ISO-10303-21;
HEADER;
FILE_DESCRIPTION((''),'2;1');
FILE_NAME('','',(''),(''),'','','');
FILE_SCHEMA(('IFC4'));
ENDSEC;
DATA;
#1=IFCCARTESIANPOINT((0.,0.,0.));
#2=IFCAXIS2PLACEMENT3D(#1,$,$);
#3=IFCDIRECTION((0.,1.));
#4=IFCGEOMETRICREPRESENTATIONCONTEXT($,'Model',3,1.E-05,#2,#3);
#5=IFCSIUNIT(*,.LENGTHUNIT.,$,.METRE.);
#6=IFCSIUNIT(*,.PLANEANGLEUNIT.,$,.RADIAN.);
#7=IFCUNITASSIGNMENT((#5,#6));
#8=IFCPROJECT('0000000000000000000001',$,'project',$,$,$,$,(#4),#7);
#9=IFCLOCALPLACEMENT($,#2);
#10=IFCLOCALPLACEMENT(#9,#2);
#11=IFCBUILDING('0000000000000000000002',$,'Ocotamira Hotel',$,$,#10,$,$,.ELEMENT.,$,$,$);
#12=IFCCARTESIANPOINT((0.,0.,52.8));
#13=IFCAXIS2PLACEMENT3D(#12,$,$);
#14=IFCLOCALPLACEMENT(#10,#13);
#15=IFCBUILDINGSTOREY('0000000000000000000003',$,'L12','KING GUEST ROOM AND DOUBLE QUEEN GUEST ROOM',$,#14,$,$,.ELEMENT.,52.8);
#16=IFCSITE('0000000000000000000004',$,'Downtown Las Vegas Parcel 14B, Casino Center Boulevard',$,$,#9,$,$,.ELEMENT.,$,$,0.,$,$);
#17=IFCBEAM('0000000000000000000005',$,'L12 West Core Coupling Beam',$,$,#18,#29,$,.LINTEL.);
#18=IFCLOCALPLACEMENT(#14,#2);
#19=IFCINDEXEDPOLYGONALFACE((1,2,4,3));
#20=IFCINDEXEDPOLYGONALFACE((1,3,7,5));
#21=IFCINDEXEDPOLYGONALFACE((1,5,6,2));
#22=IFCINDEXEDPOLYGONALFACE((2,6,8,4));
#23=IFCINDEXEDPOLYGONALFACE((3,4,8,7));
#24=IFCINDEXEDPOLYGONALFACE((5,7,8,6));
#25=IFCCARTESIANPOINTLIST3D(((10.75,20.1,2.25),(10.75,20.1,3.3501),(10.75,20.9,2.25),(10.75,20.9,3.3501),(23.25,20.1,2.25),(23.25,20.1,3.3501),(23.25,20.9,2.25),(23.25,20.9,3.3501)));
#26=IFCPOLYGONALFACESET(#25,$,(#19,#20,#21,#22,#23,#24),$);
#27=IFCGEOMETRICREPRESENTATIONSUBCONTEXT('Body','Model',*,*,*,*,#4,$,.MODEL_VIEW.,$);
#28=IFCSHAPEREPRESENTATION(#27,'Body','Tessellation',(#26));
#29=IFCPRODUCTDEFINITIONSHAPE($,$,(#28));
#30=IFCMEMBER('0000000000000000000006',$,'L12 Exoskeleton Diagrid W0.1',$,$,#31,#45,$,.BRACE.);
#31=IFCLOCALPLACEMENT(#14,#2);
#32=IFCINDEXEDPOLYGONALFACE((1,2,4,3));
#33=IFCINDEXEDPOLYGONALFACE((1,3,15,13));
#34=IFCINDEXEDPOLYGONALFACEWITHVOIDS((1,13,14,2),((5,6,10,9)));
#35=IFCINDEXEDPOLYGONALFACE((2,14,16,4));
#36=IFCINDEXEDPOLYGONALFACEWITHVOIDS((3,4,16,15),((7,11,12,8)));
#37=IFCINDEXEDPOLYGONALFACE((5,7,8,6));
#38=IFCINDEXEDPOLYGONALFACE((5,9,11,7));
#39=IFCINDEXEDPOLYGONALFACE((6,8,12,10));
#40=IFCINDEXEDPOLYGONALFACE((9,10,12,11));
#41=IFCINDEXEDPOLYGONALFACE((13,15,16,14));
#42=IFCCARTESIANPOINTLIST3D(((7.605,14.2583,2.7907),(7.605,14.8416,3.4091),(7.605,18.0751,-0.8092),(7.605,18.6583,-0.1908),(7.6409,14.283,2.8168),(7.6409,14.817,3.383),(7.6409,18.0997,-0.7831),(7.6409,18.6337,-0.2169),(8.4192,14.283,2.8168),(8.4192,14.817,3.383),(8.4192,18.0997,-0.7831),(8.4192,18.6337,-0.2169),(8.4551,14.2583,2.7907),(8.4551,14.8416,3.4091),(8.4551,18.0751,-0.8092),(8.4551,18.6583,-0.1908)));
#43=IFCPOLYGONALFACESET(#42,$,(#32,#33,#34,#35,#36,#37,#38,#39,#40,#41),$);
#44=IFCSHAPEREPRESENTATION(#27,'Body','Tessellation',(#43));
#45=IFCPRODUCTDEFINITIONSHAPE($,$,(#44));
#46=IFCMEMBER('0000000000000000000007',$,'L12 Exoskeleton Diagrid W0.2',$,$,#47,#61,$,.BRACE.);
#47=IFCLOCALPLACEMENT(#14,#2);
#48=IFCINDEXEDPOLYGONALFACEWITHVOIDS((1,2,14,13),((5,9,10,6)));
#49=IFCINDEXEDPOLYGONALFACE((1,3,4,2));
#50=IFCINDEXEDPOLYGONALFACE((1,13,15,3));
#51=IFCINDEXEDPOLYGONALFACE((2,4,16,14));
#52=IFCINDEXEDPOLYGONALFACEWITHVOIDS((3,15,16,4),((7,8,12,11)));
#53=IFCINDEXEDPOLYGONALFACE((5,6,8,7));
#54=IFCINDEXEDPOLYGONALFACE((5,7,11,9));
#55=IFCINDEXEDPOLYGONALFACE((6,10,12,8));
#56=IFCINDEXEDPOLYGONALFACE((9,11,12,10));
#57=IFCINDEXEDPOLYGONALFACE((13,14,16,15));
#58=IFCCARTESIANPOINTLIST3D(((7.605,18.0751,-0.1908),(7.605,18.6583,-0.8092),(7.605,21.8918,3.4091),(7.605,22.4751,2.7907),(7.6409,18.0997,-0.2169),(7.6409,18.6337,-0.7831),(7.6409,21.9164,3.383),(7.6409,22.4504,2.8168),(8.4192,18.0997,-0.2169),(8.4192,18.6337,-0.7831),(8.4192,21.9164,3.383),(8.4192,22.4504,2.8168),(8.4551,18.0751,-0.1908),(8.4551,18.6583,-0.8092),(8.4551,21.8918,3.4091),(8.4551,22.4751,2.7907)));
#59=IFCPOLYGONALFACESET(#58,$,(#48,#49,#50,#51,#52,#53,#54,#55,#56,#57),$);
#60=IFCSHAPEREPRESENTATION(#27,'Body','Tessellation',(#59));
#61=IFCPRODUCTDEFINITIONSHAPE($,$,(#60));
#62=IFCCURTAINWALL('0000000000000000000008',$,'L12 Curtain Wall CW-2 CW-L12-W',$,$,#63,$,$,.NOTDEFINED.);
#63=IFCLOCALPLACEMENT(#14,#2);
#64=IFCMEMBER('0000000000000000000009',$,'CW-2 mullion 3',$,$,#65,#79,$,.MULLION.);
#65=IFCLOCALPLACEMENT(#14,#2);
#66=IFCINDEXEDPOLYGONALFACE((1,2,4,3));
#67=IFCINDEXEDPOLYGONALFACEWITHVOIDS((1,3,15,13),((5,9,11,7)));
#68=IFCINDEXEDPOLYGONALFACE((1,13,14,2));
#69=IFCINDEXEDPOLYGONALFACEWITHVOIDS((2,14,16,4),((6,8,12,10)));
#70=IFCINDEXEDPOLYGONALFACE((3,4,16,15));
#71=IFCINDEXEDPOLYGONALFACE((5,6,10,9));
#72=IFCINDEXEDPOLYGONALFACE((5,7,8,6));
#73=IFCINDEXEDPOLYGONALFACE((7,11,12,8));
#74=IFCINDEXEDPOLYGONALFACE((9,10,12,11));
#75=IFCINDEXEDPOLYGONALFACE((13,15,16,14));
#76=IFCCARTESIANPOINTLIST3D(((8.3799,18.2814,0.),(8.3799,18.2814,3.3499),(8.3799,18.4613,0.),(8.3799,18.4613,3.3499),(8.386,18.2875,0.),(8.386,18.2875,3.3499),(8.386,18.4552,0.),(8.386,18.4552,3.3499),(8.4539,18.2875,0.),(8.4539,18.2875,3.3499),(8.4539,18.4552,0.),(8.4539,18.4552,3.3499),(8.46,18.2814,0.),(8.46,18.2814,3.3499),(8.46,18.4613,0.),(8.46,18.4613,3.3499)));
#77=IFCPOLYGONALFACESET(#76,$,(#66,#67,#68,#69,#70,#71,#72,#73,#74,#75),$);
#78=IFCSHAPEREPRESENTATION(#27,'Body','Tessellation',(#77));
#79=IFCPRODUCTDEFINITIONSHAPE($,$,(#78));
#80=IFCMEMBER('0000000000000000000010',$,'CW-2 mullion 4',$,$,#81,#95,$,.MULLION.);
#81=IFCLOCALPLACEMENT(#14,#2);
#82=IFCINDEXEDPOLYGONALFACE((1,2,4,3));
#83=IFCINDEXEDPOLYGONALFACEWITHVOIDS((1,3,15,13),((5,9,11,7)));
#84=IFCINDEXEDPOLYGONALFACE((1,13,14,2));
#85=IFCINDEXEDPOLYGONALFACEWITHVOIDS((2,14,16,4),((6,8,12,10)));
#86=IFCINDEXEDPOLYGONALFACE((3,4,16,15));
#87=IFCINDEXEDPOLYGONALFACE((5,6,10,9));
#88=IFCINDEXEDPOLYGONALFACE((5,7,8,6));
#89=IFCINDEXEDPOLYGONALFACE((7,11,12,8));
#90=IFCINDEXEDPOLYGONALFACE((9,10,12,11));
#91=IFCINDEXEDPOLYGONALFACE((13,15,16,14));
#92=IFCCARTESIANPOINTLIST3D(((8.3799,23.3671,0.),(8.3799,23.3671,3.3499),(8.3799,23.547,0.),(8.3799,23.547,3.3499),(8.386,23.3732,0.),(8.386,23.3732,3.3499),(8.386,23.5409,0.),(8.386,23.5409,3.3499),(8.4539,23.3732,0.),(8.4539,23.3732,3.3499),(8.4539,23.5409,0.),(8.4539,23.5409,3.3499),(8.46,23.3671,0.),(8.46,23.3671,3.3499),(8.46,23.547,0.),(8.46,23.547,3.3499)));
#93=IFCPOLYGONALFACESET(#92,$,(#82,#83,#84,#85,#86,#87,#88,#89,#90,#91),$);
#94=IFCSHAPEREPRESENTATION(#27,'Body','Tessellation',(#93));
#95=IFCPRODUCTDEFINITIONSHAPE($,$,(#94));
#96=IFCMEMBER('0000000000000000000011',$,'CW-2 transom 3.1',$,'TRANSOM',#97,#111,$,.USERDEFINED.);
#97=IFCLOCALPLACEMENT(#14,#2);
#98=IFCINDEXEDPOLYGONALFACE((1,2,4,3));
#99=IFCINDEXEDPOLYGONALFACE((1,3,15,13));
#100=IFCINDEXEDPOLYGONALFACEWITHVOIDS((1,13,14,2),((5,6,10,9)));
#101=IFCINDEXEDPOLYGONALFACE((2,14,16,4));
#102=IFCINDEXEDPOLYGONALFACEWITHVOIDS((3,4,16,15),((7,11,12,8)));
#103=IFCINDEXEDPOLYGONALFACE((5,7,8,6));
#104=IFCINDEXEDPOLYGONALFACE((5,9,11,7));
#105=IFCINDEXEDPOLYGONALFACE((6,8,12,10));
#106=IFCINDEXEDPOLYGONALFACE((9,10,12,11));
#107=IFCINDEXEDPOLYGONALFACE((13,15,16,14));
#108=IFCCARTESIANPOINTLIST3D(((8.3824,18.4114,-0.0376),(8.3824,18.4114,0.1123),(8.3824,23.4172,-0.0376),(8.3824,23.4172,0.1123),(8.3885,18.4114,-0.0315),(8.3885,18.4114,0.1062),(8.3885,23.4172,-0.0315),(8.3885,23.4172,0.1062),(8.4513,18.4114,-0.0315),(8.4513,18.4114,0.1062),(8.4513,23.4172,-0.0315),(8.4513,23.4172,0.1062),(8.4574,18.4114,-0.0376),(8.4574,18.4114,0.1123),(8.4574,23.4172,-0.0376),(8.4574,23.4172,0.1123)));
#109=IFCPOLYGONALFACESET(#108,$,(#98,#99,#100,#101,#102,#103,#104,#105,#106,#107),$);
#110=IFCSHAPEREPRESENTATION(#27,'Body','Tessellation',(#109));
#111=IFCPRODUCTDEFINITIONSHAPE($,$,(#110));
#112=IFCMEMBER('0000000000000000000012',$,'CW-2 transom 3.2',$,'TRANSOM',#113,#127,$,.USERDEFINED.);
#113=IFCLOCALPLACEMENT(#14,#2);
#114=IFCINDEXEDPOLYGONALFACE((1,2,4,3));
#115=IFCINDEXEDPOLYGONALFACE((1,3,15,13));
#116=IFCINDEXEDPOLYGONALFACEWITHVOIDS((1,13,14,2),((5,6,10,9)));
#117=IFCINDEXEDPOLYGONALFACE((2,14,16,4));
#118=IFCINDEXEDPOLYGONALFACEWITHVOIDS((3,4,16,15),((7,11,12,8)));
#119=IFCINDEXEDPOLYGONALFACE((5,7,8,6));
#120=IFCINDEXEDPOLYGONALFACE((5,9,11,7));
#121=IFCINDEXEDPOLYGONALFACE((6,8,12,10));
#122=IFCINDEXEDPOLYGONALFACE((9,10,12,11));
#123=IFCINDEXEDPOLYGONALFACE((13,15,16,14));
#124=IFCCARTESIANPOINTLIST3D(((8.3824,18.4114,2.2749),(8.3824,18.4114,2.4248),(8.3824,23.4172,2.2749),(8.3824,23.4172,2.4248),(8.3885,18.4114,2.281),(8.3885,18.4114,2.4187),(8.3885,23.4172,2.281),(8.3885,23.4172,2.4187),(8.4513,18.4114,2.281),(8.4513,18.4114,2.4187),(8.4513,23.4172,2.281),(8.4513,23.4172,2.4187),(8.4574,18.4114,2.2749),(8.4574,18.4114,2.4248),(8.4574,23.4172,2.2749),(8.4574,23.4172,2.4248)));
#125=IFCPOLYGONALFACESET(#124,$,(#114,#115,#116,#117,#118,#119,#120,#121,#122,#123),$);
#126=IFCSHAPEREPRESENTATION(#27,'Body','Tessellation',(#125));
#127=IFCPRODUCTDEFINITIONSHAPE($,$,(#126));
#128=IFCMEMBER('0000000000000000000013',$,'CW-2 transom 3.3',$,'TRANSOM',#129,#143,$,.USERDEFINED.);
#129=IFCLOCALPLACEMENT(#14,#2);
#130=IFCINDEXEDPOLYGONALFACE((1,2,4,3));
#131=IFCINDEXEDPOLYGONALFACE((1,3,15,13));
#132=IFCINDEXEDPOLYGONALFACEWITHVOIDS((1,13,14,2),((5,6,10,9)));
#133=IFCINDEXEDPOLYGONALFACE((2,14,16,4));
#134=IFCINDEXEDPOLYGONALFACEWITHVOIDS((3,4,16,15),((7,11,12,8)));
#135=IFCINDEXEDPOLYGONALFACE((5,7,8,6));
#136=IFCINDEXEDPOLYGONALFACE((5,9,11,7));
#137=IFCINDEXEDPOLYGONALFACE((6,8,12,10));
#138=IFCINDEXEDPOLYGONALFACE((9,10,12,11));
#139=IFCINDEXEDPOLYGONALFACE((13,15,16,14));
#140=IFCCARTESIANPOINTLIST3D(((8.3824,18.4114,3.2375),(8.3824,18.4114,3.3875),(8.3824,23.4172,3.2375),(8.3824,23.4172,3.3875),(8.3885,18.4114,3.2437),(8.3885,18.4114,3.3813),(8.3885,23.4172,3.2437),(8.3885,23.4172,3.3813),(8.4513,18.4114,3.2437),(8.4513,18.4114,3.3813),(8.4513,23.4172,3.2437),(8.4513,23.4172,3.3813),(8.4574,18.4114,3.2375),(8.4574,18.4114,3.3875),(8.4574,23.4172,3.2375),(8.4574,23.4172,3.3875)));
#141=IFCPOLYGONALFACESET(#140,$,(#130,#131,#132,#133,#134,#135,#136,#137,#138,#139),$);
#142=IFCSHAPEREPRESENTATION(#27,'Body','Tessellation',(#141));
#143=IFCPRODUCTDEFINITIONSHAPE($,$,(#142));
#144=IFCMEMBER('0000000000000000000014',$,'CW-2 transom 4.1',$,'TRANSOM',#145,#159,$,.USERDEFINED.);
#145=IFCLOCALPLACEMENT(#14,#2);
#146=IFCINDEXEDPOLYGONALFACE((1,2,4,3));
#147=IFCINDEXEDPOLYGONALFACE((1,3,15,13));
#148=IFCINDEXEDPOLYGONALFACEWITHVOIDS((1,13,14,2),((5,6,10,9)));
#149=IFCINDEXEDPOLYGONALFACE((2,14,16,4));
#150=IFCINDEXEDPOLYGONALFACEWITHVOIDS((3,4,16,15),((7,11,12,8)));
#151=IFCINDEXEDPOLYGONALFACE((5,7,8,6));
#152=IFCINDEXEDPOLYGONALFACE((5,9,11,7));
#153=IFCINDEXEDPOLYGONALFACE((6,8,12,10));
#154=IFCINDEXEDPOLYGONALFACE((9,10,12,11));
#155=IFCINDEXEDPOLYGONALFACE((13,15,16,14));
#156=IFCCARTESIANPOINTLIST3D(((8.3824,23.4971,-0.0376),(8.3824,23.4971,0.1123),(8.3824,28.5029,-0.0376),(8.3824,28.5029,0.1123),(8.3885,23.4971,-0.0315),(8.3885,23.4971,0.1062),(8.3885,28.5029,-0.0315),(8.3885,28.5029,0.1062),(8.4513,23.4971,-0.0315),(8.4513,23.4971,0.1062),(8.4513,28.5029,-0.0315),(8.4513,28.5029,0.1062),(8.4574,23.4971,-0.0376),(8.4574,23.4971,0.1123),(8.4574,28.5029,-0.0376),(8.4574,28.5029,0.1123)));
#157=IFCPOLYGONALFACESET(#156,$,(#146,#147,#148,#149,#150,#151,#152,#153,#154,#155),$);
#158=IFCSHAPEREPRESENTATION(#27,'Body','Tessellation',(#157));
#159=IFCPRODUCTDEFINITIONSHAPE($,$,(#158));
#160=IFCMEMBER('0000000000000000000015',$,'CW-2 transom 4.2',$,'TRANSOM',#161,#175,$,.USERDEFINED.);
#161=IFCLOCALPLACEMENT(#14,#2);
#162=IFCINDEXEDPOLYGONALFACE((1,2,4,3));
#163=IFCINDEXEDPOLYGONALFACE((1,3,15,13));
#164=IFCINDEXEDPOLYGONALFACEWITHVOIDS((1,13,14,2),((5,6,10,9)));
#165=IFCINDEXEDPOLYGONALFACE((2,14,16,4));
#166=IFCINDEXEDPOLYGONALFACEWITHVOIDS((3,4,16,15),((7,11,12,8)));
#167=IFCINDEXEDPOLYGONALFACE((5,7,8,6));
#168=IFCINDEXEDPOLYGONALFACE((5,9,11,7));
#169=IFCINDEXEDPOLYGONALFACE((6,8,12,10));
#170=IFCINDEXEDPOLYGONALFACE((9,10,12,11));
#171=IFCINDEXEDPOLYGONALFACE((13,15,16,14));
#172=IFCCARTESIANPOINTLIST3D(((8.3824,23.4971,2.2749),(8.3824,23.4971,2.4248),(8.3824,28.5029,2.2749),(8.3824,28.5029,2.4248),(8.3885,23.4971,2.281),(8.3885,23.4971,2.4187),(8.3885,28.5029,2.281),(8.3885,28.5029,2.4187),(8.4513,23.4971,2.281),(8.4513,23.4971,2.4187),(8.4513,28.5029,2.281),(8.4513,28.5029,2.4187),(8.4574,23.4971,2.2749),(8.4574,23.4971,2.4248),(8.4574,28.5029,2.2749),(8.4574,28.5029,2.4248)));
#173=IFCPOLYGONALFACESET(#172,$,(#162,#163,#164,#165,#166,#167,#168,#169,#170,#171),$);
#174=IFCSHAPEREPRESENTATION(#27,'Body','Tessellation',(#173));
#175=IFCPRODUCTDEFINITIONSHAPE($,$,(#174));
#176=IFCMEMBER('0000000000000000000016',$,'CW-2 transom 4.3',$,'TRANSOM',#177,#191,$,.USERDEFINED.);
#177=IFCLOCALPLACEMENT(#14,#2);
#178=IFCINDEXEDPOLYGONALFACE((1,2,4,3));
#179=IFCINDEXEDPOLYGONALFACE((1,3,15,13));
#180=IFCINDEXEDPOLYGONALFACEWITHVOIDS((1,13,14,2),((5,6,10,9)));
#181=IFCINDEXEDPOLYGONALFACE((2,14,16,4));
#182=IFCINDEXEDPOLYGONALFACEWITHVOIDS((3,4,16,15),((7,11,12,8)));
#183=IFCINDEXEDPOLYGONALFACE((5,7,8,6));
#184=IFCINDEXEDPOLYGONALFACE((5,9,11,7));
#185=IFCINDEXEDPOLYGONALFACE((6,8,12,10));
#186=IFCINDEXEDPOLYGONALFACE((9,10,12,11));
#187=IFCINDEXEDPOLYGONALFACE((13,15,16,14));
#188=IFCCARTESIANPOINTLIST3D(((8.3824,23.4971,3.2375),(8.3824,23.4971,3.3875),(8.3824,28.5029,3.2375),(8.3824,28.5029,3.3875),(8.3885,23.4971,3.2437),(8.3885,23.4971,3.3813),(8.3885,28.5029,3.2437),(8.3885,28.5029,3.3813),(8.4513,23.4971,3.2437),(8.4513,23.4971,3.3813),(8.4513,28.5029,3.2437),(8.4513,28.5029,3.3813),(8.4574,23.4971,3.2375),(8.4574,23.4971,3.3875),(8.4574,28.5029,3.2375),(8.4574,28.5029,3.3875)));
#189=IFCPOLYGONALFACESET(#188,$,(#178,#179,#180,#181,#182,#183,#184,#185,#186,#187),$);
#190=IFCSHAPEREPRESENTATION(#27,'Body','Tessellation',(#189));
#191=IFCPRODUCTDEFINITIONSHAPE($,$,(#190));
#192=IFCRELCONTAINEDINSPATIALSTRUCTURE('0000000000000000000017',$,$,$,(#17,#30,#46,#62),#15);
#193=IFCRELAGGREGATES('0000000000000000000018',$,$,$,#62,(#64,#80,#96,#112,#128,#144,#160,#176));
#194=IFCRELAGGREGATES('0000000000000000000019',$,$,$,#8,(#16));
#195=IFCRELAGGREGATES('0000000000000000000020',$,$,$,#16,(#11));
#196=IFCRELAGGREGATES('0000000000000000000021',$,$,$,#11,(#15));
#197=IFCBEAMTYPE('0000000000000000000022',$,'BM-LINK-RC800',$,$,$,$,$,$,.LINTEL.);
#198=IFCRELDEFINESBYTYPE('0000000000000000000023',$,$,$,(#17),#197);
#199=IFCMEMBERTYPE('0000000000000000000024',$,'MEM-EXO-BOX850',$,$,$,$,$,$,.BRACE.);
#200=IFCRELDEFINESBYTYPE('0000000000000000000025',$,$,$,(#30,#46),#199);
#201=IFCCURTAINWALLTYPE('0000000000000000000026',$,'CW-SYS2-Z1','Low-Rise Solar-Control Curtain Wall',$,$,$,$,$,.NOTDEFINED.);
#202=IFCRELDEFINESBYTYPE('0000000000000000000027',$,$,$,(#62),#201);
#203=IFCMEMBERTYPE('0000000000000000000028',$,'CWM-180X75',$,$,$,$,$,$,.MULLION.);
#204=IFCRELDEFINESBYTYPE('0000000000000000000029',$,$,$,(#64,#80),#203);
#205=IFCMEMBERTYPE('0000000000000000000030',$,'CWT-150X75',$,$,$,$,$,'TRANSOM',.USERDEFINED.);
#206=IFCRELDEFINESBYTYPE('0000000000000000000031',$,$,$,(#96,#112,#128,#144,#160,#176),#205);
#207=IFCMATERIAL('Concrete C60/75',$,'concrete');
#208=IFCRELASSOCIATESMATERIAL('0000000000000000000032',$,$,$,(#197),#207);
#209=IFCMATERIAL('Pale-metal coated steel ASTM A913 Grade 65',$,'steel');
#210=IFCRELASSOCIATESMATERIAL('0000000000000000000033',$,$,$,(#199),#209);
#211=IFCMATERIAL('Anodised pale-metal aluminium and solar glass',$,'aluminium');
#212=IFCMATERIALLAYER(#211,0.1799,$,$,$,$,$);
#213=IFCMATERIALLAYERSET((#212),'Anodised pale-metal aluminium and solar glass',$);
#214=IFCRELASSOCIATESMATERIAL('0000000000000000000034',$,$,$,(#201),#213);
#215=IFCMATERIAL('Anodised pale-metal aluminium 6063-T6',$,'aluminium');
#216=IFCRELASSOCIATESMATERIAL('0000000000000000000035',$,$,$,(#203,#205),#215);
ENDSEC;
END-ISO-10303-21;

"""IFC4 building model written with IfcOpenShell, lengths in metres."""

from ifc_helpers import new_model, si_unit, direction, frame, origin, origin_2d, place, context, subcontext, project, spatial, rectangle, hollow_rectangle, extrude, source, transform, mapped, material, layer, layer_set, material_profile, profile_set, type_object, element, aggregate, save


model = new_model("IFC4")

# Units and contexts
model_context = context("Model", 3, precision=1e-05, world=origin(), true_north=direction((0.0, 1.0)))
body_context = subcontext(model_context, "Body", "Model", "MODEL_VIEW")
ifc_project = project(units=[si_unit("LENGTHUNIT", "METRE"), si_unit("PLANEANGLEUNIT", "RADIAN")], contexts=[model_context])

# Site, building, storey
site_placement = place(None, origin())
site = spatial("IfcSite", under=ifc_project, at=site_placement, Name="Downtown Las Vegas Parcel 14B, Casino Center Boulevard", CompositionType="ELEMENT", RefElevation=0.0)
building_placement = place(site_placement, origin())
building = spatial("IfcBuilding", under=site, at=building_placement, Name="Ocotamira Hotel", CompositionType="ELEMENT")
storey_placement = place(building_placement, frame((0.0, 0.0, 52.8)))
storey = spatial("IfcBuildingStorey", under=building, at=storey_placement, Name="L12", Description="KING GUEST ROOM AND DOUBLE QUEEN GUEST ROOM", CompositionType="ELEMENT", Elevation=52.8)

# Beam
ifc_material_1 = material(Name="Concrete C60/75", Category="concrete")
ifc_material_profile_1 = material_profile(ifc_material_1, rectangle(XDim=0.8, YDim=1.1001, at=origin_2d()), Name="RC800X1100")
ifc_profile_set_1 = profile_set([ifc_material_profile_1], Name="Concrete C60/75")
beam_type = type_object("IfcBeamType", Name="BM-LINK-RC800", PredefinedType="LINTEL", material=ifc_profile_set_1)
shared_shape_1 = source(origin(), body_context, "Body", "SweptSolid", [
    extrude(rectangle(XDim=0.8, YDim=1.1001, at=origin_2d()), origin(), (0.0, 0.0, 1.0), 12.5),
])
beam_placement = place(storey_placement, frame((10.75, 20.5, 2.8), z_axis=(1.0, 0.0, 0.0), x_axis=(0.0, 1.0, 0.0)))
element("IfcBeam", 1, at=beam_placement, inside=storey, type_object=beam_type, Name="L12 West Core Coupling Beam", PredefinedType="LINTEL", context=body_context, shape_type="MappedRepresentation", body=[
    mapped(shared_shape_1, transform((0.0, 0.0, 0.0), scale=1.0)),
])

# Members
ifc_material_2 = material(Name="Pale-metal coated steel ASTM A913 Grade 65", Category="steel")
ifc_material_profile_2 = material_profile(ifc_material_2, hollow_rectangle(XDim=0.8501, YDim=0.8501, WallThickness=0.0359, at=origin_2d()), Name="BOX850X850X36")
ifc_profile_set_2 = profile_set([ifc_material_profile_2], Name="Pale-metal coated steel ASTM A913 Grade 65")
member_type_1 = type_object("IfcMemberType", Name="MEM-EXO-BOX850", PredefinedType="BRACE", material=ifc_profile_set_2)
shared_shape_2 = source(origin(), body_context, "Body", "SweptSolid", [
    extrude(hollow_rectangle(XDim=0.8501, YDim=0.8501, WallThickness=0.0359, at=origin_2d()), origin(), (0.0, 0.0, 1.0), 5.2466),
])
for number, where, z_axis, x_axis, name in (
    (2, (8.03, 18.3667, -0.5), (0.0, -0.727466, 0.686144), (1.0, 0.0, 0.0), "L12 Exoskeleton Diagrid W0.1"),
    (3, (8.03, 18.3667, -0.5), (0.0, 0.727466, 0.686144), (-1.0, 0.0, 0.0), "L12 Exoskeleton Diagrid W0.2"),
):
    element("IfcMember", number, at=place(storey_placement, frame(where, z_axis=z_axis, x_axis=x_axis)), inside=storey, type_object=member_type_1, Name=name, PredefinedType="BRACE", context=body_context, shape_type="MappedRepresentation", body=[
        mapped(shared_shape_2, transform((0.0, 0.0, 0.0), scale=1.0)),
    ])

# Curtain wall, members
ifc_material_3 = material(Name="Anodised pale-metal aluminium and solar glass", Category="aluminium")
ifc_layer_1 = layer(ifc_material_3, 0.1799)
ifc_layer_set_1 = layer_set([ifc_layer_1], Name="Anodised pale-metal aluminium and solar glass")
curtain_wall_type = type_object("IfcCurtainWallType", Name="CW-SYS2-Z1", Description="Low-Rise Solar-Control Curtain Wall", PredefinedType="NOTDEFINED", material=ifc_layer_set_1)
curtain_wall_placement = place(storey_placement, origin())
curtain_wall = element("IfcCurtainWall", 4, at=curtain_wall_placement, inside=storey, type_object=curtain_wall_type, Name="L12 Curtain Wall CW-2 CW-L12-W", PredefinedType="NOTDEFINED")
ifc_material_4 = material(Name="Anodised pale-metal aluminium 6063-T6", Category="aluminium")
ifc_material_profile_3 = material_profile(ifc_material_4, hollow_rectangle(XDim=0.0801, YDim=0.1799, WallThickness=0.0061, at=origin_2d()), Name="HSS180X80X6")
ifc_profile_set_3 = profile_set([ifc_material_profile_3], Name="Anodised pale-metal aluminium 6063-T6")
member_type_2 = type_object("IfcMemberType", Name="CWM-180X75", PredefinedType="MULLION", material=ifc_profile_set_3)
shared_shape_3 = source(origin(), body_context, "Body", "SweptSolid", [
    extrude(hollow_rectangle(XDim=0.0801, YDim=0.1799, WallThickness=0.0061, at=origin_2d()), origin(), (0.0, 0.0, 1.0), 3.3499),
])
member_1_placement = place(storey_placement, frame((8.4199, 18.3713, 0.0), z_axis=(0.0, 0.0, 1.0), x_axis=(-1.0, 0.0, 0.0)))
member_1 = element("IfcMember", 5, at=member_1_placement, type_object=member_type_2, Name="CW-2 mullion 3", PredefinedType="MULLION", context=body_context, shape_type="MappedRepresentation", body=[
    mapped(shared_shape_3, transform((0.0, 0.0, 0.0), scale=1.0)),
])
member_2_placement = place(storey_placement, frame((8.4199, 23.457, 0.0), z_axis=(0.0, 0.0, 1.0), x_axis=(-1.0, 0.0, 0.0)))
member_2 = element("IfcMember", 6, at=member_2_placement, type_object=member_type_2, Name="CW-2 mullion 4", PredefinedType="MULLION", context=body_context, shape_type="MappedRepresentation", body=[
    mapped(shared_shape_3, transform((0.0, 0.0, 0.0), scale=1.0)),
])
ifc_material_profile_4 = material_profile(ifc_material_4, hollow_rectangle(XDim=0.075, YDim=0.1499, WallThickness=0.0061, at=origin_2d()), Name="HSS150X75X6")
ifc_profile_set_4 = profile_set([ifc_material_profile_4], Name="Anodised pale-metal aluminium 6063-T6")
member_type_3 = type_object("IfcMemberType", Name="CWT-150X75", ElementType="TRANSOM", PredefinedType="USERDEFINED", material=ifc_profile_set_4)
shared_shape_4 = source(origin(), body_context, "Body", "SweptSolid", [
    extrude(hollow_rectangle(XDim=0.075, YDim=0.1499, WallThickness=0.0061, at=origin_2d()), origin(), (0.0, 0.0, 1.0), 5.0059),
])
member_3_placement = place(storey_placement, frame((8.4199, 18.4114, 0.0374), z_axis=(0.0, 1.0, 0.0), x_axis=(-1.0, 0.0, 0.0)))
member_3 = element("IfcMember", 7, at=member_3_placement, type_object=member_type_3, Name="CW-2 transom 3.1", ObjectType="TRANSOM", PredefinedType="USERDEFINED", context=body_context, shape_type="MappedRepresentation", body=[
    mapped(shared_shape_4, transform((0.0, 0.0, 0.0), scale=1.0)),
])
member_4_placement = place(storey_placement, frame((8.4199, 18.4114, 2.3499), z_axis=(0.0, 1.0, 0.0), x_axis=(-1.0, 0.0, 0.0)))
member_4 = element("IfcMember", 8, at=member_4_placement, type_object=member_type_3, Name="CW-2 transom 3.2", ObjectType="TRANSOM", PredefinedType="USERDEFINED", context=body_context, shape_type="MappedRepresentation", body=[
    mapped(shared_shape_4, transform((0.0, 0.0, 0.0), scale=1.0)),
])
member_5_placement = place(storey_placement, frame((8.4199, 18.4114, 3.3125), z_axis=(0.0, 1.0, 0.0), x_axis=(-1.0, 0.0, 0.0)))
member_5 = element("IfcMember", 9, at=member_5_placement, type_object=member_type_3, Name="CW-2 transom 3.3", ObjectType="TRANSOM", PredefinedType="USERDEFINED", context=body_context, shape_type="MappedRepresentation", body=[
    mapped(shared_shape_4, transform((0.0, 0.0, 0.0), scale=1.0)),
])
member_6_placement = place(storey_placement, frame((8.4199, 23.4971, 0.0374), z_axis=(0.0, 1.0, 0.0), x_axis=(-1.0, 0.0, 0.0)))
member_6 = element("IfcMember", 10, at=member_6_placement, type_object=member_type_3, Name="CW-2 transom 4.1", ObjectType="TRANSOM", PredefinedType="USERDEFINED", context=body_context, shape_type="MappedRepresentation", body=[
    mapped(shared_shape_4, transform((0.0, 0.0, 0.0), scale=1.0)),
])
member_7_placement = place(storey_placement, frame((8.4199, 23.4971, 2.3499), z_axis=(0.0, 1.0, 0.0), x_axis=(-1.0, 0.0, 0.0)))
member_7 = element("IfcMember", 11, at=member_7_placement, type_object=member_type_3, Name="CW-2 transom 4.2", ObjectType="TRANSOM", PredefinedType="USERDEFINED", context=body_context, shape_type="MappedRepresentation", body=[
    mapped(shared_shape_4, transform((0.0, 0.0, 0.0), scale=1.0)),
])
member_8_placement = place(storey_placement, frame((8.4199, 23.4971, 3.3125), z_axis=(0.0, 1.0, 0.0), x_axis=(-1.0, 0.0, 0.0)))
member_8 = element("IfcMember", 12, at=member_8_placement, type_object=member_type_3, Name="CW-2 transom 4.3", ObjectType="TRANSOM", PredefinedType="USERDEFINED", context=body_context, shape_type="MappedRepresentation", body=[
    mapped(shared_shape_4, transform((0.0, 0.0, 0.0), scale=1.0)),
])

aggregate(curtain_wall, [member_1, member_2, member_3, member_4, member_5, member_6, member_7, member_8])

save(model, "model.ifc")
